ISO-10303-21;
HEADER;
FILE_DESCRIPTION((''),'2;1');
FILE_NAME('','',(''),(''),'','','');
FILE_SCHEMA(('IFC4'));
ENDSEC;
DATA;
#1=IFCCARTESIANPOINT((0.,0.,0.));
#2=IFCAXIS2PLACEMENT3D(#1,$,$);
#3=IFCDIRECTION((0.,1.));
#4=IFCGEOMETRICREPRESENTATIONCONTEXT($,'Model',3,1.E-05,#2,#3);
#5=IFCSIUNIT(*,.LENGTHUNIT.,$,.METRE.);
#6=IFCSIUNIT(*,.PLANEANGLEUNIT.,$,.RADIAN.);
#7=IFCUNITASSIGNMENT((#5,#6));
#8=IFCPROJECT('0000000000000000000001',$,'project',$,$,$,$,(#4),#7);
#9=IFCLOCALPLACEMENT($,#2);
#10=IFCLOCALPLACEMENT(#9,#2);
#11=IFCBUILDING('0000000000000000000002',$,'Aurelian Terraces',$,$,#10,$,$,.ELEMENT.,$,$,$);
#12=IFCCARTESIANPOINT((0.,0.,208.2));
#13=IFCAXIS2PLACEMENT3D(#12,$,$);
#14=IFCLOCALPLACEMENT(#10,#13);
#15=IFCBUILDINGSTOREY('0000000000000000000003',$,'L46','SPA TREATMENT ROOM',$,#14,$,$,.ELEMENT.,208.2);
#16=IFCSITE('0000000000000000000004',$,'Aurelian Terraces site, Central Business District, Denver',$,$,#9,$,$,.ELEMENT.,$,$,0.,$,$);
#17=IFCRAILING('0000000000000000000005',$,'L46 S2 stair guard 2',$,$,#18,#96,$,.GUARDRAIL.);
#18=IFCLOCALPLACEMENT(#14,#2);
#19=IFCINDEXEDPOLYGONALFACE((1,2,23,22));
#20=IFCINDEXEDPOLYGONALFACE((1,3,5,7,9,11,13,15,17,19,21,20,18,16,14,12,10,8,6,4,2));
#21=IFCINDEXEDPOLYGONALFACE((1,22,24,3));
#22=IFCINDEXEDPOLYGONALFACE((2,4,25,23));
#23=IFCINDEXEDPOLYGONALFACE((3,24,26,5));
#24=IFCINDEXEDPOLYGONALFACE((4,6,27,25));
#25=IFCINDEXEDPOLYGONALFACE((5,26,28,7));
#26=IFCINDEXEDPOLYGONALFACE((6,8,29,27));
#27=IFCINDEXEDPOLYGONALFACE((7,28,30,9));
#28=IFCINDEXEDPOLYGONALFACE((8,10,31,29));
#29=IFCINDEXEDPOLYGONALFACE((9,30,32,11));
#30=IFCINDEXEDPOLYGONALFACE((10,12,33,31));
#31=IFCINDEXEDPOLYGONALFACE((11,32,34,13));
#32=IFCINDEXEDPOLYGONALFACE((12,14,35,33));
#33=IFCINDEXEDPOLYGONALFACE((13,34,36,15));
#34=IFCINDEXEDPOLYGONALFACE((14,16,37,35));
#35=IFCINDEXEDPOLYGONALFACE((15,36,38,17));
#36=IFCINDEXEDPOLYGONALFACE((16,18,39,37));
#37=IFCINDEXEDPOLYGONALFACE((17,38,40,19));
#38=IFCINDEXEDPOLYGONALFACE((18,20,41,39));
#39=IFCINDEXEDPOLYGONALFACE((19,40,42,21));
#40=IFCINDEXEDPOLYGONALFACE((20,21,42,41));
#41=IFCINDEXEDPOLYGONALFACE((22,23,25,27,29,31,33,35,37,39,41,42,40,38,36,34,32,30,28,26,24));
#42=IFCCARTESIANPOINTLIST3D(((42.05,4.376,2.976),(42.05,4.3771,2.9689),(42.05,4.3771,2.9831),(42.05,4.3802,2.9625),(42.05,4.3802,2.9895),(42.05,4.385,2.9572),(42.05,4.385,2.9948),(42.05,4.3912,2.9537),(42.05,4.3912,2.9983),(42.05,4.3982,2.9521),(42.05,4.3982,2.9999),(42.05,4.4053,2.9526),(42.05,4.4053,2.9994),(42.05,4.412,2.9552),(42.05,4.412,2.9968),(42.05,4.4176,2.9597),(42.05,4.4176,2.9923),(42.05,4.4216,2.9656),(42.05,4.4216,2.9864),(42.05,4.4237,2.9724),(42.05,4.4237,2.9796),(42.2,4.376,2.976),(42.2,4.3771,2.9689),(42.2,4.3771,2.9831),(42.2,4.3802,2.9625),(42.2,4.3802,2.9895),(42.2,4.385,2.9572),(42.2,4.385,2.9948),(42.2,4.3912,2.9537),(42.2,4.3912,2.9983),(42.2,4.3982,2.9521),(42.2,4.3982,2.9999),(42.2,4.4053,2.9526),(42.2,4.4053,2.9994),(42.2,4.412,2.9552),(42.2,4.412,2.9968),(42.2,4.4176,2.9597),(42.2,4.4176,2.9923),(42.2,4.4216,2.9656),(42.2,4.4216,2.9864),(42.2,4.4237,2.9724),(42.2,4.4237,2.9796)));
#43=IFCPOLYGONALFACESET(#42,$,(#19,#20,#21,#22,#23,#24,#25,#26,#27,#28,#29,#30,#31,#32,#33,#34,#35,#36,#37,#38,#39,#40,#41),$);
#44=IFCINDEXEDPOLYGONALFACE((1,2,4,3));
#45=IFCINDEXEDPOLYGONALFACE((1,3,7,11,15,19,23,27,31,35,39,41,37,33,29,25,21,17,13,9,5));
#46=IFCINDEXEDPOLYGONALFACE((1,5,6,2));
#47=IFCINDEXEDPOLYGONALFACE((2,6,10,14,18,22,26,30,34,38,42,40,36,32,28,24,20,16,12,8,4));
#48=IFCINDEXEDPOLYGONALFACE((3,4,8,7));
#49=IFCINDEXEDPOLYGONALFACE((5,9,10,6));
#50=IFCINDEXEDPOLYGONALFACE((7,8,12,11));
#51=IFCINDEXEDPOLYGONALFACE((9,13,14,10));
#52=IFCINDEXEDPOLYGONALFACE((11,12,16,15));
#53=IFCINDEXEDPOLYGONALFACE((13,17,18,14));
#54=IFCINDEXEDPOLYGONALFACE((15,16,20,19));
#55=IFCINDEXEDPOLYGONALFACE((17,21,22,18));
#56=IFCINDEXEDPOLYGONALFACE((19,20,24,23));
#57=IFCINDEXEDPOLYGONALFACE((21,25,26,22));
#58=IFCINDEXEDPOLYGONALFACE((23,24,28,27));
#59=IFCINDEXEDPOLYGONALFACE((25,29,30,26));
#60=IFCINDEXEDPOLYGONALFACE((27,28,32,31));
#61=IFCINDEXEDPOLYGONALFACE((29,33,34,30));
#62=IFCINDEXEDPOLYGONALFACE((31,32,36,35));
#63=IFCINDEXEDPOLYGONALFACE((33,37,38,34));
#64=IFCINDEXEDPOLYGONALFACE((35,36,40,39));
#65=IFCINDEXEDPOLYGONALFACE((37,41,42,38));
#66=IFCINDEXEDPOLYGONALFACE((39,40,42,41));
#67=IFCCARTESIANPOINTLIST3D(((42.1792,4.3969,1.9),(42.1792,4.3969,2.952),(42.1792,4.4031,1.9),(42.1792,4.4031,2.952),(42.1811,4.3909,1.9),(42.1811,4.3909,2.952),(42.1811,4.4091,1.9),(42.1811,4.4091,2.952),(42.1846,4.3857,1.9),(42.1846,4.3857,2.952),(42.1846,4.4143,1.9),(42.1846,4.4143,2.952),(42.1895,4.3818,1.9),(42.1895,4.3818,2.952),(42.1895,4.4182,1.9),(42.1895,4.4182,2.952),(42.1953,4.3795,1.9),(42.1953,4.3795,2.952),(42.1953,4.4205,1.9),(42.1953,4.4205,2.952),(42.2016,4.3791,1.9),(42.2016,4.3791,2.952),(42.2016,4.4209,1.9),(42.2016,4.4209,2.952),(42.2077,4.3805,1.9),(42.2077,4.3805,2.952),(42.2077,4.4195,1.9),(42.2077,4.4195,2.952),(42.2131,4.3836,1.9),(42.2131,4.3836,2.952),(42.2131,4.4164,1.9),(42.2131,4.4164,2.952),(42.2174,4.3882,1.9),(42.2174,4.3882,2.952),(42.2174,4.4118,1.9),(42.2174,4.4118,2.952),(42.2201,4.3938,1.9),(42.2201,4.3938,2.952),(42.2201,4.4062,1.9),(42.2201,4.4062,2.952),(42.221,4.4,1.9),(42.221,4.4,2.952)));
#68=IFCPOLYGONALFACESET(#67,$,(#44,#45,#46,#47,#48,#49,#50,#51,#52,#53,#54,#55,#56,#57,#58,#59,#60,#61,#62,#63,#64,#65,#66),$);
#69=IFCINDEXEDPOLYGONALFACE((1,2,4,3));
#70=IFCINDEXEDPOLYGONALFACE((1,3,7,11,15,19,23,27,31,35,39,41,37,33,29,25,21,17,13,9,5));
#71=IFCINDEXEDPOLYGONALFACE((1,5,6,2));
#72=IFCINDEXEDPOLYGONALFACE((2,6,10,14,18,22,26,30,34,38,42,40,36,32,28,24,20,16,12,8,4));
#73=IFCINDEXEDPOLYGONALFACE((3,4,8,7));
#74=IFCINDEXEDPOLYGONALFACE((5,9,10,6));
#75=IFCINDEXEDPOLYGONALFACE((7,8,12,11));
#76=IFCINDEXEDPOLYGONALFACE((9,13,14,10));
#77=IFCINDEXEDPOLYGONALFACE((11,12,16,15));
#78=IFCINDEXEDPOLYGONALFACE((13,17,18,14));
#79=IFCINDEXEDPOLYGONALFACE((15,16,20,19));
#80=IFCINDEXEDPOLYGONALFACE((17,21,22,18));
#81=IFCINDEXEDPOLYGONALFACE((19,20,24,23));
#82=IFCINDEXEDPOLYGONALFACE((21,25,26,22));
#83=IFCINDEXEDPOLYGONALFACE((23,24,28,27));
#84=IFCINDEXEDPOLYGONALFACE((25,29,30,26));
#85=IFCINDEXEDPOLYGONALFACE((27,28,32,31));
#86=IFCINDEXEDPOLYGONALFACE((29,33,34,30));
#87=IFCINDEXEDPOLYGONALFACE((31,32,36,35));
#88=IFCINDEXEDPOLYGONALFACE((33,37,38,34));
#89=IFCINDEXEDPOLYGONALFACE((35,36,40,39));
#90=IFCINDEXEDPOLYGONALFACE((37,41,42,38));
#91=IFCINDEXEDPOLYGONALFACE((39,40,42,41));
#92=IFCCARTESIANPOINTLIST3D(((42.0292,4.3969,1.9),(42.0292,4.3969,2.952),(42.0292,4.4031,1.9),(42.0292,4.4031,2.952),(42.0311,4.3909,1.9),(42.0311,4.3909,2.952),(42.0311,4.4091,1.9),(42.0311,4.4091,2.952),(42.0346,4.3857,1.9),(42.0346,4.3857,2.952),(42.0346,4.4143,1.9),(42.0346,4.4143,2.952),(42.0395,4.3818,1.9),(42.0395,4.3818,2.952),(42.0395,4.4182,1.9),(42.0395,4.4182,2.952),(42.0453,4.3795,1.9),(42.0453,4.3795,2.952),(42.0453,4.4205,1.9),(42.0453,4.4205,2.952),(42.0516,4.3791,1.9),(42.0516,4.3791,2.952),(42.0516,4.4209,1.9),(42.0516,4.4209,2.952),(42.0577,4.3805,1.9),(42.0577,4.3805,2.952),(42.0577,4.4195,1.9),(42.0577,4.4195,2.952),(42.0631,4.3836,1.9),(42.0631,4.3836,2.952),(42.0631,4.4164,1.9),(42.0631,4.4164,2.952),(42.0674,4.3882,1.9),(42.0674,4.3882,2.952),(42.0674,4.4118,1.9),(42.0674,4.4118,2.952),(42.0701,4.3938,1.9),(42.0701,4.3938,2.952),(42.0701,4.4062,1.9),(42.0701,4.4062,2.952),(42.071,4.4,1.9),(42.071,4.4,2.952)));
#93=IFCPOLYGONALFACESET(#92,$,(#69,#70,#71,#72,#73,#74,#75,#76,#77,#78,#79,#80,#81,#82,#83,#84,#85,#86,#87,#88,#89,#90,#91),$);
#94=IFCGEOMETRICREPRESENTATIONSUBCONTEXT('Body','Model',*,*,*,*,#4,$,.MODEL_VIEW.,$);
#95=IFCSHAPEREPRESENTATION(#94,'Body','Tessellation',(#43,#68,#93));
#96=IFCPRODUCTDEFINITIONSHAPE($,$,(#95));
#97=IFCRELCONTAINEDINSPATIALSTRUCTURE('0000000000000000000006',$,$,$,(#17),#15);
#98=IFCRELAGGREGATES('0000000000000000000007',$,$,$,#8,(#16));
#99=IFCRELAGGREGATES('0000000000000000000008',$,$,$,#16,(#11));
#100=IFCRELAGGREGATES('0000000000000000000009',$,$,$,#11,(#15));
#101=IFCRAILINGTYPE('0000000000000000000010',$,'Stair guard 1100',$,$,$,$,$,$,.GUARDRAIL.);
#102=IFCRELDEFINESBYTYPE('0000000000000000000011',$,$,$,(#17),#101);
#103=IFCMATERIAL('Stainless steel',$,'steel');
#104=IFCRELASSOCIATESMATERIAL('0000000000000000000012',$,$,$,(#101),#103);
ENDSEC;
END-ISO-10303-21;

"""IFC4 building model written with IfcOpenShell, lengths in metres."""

from ifc_helpers import new_model, si_unit, direction, frame, origin, origin_2d, place, context, subcontext, project, spatial, circle, extrude, source, transform, mapped, material, type_object, element, save


model = new_model("IFC4")

# Units and contexts
model_context = context("Model", 3, precision=1e-05, world=origin(), true_north=direction((0.0, 1.0)))
body_context = subcontext(model_context, "Body", "Model", "MODEL_VIEW")
ifc_project = project(units=[si_unit("LENGTHUNIT", "METRE"), si_unit("PLANEANGLEUNIT", "RADIAN")], contexts=[model_context])

# Site, building, storey
site_placement = place(None, origin())
site = spatial("IfcSite", under=ifc_project, at=site_placement, Name="Aurelian Terraces site, Central Business District, Denver", CompositionType="ELEMENT", RefElevation=0.0)
building_placement = place(site_placement, origin())
building = spatial("IfcBuilding", under=site, at=building_placement, Name="Aurelian Terraces", CompositionType="ELEMENT")
storey_placement = place(building_placement, frame((0.0, 0.0, 208.2)))
storey = spatial("IfcBuildingStorey", under=building, at=storey_placement, Name="L46", Description="SPA TREATMENT ROOM", CompositionType="ELEMENT", Elevation=208.2)

# Railing
ifc_material_1 = material(Name="Stainless steel", Category="steel")
railing_type_1 = type_object("IfcRailingType", Name="Stair guard 1100", PredefinedType="GUARDRAIL", material=ifc_material_1)
shared_shape_1 = source(origin(), body_context, "Body", "SweptSolid", [
    extrude(circle(Radius=0.024, at=origin_2d()), frame((0.0, 0.0, 1.076), z_axis=(-1.0, 0.0, 0.0), x_axis=(0.0, -1.0, 0.0)), (0.0, 0.0, 1.0), 0.15),
    extrude(circle(Radius=0.021, at=origin_2d()), origin(), (0.0, 0.0, 1.0), 1.052),
    extrude(circle(Radius=0.021, at=origin_2d()), frame((-0.15, 0.0, 0.0)), (0.0, 0.0, 1.0), 1.052),
])
railing_1_placement = place(storey_placement, frame((42.2, 4.4, 1.9)))
element("IfcRailing", 1, at=railing_1_placement, inside=storey, type_object=railing_type_1, Name="L46 S2 stair guard 2", PredefinedType="GUARDRAIL", context=body_context, shape_type="MappedRepresentation", body=[
    mapped(shared_shape_1, transform((0.0, 0.0, 0.0), scale=1.0)),
])

save(model, "model.ifc")
